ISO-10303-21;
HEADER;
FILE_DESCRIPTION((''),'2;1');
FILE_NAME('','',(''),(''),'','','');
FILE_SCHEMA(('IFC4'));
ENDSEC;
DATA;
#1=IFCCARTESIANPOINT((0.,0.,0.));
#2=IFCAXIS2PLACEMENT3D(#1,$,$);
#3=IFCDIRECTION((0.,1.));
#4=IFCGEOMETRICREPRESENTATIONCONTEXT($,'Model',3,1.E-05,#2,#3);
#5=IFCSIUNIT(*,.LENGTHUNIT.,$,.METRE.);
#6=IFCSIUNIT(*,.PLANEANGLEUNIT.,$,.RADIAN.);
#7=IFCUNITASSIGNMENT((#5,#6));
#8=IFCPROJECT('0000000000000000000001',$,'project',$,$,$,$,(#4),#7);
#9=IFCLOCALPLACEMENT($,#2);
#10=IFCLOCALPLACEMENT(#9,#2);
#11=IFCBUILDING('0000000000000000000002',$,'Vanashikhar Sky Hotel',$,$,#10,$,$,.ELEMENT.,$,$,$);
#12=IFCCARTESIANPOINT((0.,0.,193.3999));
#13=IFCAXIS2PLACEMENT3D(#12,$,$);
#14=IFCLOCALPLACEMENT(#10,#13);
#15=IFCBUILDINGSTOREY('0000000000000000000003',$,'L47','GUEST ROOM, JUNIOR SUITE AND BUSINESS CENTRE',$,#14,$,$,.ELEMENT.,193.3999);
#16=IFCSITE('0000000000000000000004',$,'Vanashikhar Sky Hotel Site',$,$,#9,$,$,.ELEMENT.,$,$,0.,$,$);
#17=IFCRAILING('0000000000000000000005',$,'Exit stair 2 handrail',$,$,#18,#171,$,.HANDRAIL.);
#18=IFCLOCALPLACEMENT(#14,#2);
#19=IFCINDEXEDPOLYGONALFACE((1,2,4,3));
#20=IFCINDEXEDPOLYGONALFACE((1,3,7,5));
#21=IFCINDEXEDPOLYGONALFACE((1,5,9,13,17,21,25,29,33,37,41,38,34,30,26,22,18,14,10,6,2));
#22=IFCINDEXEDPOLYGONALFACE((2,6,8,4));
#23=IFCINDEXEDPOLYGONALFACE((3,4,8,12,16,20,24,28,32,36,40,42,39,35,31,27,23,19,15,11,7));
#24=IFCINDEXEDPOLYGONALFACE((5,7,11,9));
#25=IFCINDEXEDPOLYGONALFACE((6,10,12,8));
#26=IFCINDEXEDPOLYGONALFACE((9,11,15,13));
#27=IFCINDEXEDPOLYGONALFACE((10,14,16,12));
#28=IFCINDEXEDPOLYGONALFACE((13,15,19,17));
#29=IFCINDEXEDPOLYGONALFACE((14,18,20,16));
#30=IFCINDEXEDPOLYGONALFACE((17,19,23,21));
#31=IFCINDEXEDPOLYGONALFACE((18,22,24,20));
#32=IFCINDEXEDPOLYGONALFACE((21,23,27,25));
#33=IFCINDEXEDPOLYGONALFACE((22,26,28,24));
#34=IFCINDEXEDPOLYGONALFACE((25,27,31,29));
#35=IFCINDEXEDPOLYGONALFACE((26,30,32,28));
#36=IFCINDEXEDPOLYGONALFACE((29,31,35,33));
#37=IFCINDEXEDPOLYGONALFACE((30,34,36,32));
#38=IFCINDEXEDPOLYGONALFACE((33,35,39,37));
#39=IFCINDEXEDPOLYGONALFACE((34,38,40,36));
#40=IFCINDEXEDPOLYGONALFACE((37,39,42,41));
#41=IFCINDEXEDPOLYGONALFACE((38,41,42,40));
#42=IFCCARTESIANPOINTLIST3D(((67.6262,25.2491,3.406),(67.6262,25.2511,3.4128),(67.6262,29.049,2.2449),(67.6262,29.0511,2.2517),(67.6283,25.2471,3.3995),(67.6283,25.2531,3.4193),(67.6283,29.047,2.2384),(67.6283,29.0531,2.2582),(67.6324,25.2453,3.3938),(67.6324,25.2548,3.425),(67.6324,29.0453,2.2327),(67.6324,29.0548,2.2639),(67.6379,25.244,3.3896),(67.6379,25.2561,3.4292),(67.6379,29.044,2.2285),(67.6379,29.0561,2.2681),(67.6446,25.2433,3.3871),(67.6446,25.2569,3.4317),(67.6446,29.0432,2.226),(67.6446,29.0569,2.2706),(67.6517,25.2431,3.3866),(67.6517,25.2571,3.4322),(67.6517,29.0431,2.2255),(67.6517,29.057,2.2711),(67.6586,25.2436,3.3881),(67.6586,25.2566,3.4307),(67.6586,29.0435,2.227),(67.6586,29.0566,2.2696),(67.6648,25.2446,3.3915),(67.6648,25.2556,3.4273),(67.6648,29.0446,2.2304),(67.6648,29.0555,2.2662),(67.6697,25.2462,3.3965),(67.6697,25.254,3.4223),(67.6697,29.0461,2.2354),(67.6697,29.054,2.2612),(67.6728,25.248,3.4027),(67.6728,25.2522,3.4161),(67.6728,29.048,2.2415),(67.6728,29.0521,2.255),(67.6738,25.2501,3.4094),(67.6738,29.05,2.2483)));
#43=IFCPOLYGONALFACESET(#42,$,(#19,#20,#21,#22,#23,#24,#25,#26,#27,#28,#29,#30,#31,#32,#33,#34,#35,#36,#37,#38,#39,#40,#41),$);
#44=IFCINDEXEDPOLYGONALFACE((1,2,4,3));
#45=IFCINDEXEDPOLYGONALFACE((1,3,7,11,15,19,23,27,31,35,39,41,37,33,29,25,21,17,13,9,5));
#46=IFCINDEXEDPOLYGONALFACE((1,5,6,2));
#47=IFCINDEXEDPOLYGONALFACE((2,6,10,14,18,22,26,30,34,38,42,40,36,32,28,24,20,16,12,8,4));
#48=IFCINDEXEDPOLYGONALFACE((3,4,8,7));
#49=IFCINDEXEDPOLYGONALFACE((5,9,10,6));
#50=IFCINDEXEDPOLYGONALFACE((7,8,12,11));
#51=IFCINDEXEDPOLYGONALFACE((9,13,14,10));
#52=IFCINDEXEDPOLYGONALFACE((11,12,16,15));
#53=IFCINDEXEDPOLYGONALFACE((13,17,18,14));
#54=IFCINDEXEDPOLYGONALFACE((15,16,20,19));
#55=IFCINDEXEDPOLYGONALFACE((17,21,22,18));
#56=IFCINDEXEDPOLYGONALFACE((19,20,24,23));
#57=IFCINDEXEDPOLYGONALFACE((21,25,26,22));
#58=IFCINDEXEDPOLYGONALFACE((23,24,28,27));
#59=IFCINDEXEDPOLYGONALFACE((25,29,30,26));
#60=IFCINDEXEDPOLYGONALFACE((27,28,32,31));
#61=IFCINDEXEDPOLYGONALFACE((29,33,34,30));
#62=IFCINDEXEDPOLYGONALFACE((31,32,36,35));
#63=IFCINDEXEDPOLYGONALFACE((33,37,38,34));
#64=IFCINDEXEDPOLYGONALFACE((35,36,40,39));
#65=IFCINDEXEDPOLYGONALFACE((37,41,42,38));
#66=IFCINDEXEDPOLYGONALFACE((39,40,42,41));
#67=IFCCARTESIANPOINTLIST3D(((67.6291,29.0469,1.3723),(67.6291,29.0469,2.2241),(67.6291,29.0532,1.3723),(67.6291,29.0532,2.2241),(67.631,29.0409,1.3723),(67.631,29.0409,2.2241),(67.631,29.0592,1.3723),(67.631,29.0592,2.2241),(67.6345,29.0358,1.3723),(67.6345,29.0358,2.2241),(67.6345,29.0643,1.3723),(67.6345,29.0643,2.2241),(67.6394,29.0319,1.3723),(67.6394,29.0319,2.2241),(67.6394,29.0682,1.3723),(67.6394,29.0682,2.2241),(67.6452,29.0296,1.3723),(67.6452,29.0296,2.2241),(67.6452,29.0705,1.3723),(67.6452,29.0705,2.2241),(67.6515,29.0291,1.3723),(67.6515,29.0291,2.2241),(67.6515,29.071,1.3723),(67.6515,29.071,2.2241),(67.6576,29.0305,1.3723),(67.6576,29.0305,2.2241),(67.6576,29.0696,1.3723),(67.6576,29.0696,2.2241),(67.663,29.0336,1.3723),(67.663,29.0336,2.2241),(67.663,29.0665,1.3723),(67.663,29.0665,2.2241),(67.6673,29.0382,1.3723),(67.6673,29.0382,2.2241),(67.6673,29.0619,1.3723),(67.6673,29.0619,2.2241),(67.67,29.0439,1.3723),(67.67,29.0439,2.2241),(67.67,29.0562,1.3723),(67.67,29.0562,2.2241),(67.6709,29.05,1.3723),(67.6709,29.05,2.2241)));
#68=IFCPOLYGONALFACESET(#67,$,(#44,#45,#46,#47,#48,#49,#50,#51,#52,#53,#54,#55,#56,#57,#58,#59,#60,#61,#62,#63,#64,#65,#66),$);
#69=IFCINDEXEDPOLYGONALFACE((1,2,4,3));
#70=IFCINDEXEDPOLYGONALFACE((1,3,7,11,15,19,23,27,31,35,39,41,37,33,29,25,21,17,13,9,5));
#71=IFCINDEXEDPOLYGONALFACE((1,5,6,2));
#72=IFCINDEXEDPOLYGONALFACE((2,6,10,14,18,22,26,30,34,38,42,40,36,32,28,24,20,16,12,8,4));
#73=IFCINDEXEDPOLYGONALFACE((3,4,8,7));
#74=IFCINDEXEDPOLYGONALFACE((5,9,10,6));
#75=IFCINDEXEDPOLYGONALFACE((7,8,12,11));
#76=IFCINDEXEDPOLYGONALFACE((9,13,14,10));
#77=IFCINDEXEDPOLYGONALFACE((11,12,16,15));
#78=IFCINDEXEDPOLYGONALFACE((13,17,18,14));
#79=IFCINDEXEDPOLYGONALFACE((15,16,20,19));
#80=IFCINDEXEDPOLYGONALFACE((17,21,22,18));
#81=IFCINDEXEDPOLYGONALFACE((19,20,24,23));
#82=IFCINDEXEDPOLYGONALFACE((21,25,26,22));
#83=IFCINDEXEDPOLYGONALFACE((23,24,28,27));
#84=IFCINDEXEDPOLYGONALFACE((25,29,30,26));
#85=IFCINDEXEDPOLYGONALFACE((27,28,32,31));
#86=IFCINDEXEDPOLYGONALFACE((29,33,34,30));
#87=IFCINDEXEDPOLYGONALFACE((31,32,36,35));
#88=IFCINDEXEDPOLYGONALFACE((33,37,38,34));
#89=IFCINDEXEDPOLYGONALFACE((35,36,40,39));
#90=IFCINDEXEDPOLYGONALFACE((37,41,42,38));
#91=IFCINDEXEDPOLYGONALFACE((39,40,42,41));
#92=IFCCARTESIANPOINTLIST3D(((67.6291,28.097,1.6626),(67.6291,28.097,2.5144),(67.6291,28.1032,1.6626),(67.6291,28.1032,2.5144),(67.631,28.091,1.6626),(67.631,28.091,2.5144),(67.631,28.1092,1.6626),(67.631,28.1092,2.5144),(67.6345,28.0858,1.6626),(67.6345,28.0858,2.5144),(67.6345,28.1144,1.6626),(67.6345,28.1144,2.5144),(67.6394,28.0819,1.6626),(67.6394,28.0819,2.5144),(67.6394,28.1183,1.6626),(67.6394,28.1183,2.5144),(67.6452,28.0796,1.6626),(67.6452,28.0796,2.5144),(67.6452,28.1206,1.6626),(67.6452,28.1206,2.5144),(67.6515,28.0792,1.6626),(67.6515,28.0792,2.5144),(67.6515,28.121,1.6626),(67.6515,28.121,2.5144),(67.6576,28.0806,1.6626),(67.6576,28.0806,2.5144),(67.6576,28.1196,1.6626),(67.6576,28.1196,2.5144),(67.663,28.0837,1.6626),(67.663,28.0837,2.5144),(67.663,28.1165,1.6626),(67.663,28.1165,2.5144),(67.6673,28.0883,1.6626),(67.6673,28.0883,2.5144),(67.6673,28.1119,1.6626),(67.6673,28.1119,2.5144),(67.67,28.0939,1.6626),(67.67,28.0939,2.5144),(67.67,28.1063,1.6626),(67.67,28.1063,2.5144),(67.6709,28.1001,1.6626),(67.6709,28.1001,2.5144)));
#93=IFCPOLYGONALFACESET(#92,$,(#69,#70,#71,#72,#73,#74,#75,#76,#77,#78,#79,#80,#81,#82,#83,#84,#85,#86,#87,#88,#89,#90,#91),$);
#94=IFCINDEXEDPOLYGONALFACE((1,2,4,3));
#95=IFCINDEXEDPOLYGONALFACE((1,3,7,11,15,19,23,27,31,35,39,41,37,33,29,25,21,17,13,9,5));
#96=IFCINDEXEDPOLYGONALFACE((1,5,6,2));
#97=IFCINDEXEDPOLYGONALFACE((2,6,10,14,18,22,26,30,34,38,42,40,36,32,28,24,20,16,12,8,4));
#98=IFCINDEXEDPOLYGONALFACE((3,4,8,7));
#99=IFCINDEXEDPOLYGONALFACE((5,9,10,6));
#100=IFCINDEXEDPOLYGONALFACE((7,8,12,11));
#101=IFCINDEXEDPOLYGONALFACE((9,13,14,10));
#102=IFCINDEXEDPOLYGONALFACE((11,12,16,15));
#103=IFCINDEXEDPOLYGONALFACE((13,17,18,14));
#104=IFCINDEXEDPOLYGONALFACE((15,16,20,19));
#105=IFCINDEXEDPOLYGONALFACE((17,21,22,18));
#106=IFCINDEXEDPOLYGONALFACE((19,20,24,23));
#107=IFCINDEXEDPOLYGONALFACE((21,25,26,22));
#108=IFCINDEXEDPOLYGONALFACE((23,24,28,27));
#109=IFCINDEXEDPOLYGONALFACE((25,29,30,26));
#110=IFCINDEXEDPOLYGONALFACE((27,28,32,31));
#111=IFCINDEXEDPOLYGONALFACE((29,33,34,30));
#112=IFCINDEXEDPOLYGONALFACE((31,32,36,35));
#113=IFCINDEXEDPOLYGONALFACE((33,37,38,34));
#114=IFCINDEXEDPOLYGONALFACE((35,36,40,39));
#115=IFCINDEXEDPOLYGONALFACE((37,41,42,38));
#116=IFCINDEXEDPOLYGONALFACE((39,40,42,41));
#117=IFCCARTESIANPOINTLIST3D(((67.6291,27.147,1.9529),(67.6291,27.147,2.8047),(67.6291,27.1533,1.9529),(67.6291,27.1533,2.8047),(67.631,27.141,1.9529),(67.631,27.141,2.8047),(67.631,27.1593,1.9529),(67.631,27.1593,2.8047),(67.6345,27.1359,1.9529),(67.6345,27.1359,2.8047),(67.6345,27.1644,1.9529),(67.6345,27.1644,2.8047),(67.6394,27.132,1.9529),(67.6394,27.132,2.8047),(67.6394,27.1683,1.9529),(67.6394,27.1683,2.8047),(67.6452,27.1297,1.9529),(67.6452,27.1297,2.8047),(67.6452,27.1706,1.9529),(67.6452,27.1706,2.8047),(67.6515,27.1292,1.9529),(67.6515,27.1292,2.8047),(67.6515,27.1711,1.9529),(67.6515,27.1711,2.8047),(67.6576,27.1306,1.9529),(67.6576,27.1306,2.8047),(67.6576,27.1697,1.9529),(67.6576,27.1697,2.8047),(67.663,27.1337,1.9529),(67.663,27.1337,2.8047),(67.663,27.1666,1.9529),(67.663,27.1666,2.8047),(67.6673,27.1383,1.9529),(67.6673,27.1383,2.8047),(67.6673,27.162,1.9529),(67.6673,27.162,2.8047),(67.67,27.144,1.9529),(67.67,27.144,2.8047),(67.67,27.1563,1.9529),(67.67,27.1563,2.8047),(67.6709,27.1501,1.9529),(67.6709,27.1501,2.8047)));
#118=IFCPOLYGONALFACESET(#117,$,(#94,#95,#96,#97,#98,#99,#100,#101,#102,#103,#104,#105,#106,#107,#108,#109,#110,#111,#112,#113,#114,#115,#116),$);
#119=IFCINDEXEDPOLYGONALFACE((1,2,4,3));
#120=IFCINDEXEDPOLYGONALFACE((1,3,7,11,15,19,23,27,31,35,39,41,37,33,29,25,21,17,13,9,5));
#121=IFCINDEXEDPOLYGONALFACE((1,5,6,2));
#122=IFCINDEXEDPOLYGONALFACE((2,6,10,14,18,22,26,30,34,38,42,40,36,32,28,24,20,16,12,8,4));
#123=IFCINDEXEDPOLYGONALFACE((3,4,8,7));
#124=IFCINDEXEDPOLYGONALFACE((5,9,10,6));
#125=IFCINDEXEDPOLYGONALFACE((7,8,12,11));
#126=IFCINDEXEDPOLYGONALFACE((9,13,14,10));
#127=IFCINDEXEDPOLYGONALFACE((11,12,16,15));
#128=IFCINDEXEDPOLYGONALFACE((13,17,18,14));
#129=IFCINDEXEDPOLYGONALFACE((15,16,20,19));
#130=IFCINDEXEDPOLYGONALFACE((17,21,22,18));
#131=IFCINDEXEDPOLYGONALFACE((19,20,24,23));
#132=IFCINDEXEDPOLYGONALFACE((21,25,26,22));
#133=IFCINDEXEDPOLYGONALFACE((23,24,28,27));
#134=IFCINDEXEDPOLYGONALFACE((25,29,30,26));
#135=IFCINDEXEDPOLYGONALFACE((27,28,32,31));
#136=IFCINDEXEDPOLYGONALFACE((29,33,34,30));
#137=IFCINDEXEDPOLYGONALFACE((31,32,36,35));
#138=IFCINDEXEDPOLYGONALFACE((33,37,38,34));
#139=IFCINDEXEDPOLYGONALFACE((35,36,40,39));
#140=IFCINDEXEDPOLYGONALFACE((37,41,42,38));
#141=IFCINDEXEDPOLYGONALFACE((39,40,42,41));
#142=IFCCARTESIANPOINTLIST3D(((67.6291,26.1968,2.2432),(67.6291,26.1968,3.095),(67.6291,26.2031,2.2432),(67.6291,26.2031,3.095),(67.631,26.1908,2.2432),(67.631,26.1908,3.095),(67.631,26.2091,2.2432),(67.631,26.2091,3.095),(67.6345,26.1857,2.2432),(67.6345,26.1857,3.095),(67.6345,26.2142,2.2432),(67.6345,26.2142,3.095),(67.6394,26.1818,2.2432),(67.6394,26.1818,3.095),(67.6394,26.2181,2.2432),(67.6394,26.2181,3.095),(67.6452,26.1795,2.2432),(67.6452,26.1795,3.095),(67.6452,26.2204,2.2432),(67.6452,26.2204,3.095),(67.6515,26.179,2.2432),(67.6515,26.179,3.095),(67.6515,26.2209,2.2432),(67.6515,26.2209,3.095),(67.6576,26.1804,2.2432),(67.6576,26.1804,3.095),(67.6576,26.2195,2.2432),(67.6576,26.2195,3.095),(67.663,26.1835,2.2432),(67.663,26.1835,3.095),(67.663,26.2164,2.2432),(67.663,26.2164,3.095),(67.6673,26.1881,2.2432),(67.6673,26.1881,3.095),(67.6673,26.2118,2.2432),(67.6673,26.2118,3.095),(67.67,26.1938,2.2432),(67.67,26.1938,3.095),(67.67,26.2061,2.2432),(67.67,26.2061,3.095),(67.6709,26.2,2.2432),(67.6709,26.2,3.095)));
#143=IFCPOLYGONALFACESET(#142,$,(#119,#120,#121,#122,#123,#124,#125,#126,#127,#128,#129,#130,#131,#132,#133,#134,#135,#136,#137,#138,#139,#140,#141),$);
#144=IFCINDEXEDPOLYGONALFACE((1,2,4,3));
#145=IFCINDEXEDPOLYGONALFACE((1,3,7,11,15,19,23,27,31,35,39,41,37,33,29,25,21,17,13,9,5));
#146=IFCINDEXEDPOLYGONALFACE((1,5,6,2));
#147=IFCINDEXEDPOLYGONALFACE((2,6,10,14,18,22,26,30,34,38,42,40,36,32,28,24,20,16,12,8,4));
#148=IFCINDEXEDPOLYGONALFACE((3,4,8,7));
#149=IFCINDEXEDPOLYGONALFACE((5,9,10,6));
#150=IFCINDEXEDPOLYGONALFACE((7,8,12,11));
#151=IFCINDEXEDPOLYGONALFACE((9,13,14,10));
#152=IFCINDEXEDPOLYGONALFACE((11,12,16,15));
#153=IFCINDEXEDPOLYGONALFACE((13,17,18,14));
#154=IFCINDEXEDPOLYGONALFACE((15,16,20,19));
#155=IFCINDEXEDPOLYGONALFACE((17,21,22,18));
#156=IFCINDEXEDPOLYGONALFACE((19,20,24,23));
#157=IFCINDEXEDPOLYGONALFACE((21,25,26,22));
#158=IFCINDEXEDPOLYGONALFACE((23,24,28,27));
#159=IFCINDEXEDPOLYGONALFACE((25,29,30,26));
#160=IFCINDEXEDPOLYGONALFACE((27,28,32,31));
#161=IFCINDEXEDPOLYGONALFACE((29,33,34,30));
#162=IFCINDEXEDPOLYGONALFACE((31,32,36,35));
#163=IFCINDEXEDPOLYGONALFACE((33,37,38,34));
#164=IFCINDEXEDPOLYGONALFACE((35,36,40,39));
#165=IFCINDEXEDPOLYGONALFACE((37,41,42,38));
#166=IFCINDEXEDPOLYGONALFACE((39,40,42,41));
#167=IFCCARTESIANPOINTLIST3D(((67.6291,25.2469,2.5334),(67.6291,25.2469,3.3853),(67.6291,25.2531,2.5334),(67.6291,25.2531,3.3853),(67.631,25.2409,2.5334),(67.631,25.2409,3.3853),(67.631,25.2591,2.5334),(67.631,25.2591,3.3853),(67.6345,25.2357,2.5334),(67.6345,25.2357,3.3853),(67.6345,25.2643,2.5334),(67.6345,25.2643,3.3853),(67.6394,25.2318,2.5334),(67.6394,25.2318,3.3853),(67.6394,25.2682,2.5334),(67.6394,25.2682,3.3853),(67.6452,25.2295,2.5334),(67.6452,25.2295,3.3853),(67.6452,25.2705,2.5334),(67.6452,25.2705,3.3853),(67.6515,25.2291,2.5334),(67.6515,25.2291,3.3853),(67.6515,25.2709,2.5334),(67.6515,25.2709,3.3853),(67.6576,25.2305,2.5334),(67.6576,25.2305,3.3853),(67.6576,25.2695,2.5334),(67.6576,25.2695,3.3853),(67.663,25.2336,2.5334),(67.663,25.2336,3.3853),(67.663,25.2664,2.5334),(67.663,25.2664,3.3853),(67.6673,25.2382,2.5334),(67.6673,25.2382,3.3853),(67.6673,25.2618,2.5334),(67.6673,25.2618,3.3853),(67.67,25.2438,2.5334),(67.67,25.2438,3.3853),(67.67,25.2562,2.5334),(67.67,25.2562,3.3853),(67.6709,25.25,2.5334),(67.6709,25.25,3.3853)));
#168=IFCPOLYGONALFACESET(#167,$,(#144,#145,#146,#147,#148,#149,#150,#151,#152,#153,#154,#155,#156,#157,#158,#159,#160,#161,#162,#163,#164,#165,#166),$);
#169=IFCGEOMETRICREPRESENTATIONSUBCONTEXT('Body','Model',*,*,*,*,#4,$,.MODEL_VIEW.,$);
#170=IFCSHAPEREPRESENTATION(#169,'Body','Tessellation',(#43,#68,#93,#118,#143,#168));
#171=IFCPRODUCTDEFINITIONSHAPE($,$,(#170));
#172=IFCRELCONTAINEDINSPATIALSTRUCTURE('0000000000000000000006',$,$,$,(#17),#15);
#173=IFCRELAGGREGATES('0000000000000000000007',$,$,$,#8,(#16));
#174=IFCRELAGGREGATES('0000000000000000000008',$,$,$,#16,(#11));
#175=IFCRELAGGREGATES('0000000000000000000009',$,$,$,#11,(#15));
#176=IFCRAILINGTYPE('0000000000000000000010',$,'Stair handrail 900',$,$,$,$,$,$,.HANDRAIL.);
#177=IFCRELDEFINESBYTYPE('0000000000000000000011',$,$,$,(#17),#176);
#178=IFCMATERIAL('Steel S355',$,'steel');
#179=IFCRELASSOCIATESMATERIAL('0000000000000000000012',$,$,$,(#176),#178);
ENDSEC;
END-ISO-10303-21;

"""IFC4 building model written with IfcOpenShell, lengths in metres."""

from ifc_helpers import new_model, si_unit, direction, frame, origin, origin_2d, place, context, subcontext, project, spatial, circle, extrude, source, transform, mapped, material, type_object, element, save


model = new_model("IFC4")

# Units and contexts
model_context = context("Model", 3, precision=1e-05, world=origin(), true_north=direction((0.0, 1.0)))
body_context = subcontext(model_context, "Body", "Model", "MODEL_VIEW")
ifc_project = project(units=[si_unit("LENGTHUNIT", "METRE"), si_unit("PLANEANGLEUNIT", "RADIAN")], contexts=[model_context])

# Site, building, storey
site_placement = place(None, origin())
site = spatial("IfcSite", under=ifc_project, at=site_placement, Name="Vanashikhar Sky Hotel Site", CompositionType="ELEMENT", RefElevation=0.0)
building_placement = place(site_placement, origin())
building = spatial("IfcBuilding", under=site, at=building_placement, Name="Vanashikhar Sky Hotel", CompositionType="ELEMENT")
storey_placement = place(building_placement, frame((0.0, 0.0, 193.3999)))
storey = spatial("IfcBuildingStorey", under=building, at=storey_placement, Name="L47", Description="GUEST ROOM, JUNIOR SUITE AND BUSINESS CENTRE", CompositionType="ELEMENT", Elevation=193.3999)

# Railing
ifc_material_1 = material(Name="Steel S355", Category="steel")
railing_type_1 = type_object("IfcRailingType", Name="Stair handrail 900", PredefinedType="HANDRAIL", material=ifc_material_1)
shared_shape_1 = source(origin(), body_context, "Body", "SweptSolid", [
    extrude(circle(Radius=0.0239, at=origin_2d()), frame((0.0, 0.0, 0.876), z_axis=(0.0, -0.956351, 0.29222), x_axis=(1.0, 0.0, 0.0)), (0.0, 0.0, 1.0), 3.9734),
    extrude(circle(Radius=0.021, at=origin_2d()), origin(), (0.0, 0.0, 1.0), 0.8518),
    extrude(circle(Radius=0.021, at=origin_2d()), frame((0.0, -0.95, 0.2903)), (0.0, 0.0, 1.0), 0.8518),
    extrude(circle(Radius=0.021, at=origin_2d()), frame((0.0, -1.8999, 0.5806)), (0.0, 0.0, 1.0), 0.8518),
    extrude(circle(Radius=0.021, at=origin_2d()), frame((0.0, -2.8501, 0.8708)), (0.0, 0.0, 1.0), 0.8518),
    extrude(circle(Radius=0.021, at=origin_2d()), frame((0.0, -3.8, 1.1611)), (0.0, 0.0, 1.0), 0.8518),
])
for number, where, name in (
    (1, (67.6499, 29.05, 1.3723), "Exit stair 2 handrail"),
):
    element("IfcRailing", number, at=place(storey_placement, frame(where)), inside=storey, type_object=railing_type_1, Name=name, PredefinedType="HANDRAIL", context=body_context, shape_type="MappedRepresentation", body=[
        mapped(shared_shape_1, transform((0.0, 0.0, 0.0), scale=1.0)),
    ])

save(model, "model.ifc")
